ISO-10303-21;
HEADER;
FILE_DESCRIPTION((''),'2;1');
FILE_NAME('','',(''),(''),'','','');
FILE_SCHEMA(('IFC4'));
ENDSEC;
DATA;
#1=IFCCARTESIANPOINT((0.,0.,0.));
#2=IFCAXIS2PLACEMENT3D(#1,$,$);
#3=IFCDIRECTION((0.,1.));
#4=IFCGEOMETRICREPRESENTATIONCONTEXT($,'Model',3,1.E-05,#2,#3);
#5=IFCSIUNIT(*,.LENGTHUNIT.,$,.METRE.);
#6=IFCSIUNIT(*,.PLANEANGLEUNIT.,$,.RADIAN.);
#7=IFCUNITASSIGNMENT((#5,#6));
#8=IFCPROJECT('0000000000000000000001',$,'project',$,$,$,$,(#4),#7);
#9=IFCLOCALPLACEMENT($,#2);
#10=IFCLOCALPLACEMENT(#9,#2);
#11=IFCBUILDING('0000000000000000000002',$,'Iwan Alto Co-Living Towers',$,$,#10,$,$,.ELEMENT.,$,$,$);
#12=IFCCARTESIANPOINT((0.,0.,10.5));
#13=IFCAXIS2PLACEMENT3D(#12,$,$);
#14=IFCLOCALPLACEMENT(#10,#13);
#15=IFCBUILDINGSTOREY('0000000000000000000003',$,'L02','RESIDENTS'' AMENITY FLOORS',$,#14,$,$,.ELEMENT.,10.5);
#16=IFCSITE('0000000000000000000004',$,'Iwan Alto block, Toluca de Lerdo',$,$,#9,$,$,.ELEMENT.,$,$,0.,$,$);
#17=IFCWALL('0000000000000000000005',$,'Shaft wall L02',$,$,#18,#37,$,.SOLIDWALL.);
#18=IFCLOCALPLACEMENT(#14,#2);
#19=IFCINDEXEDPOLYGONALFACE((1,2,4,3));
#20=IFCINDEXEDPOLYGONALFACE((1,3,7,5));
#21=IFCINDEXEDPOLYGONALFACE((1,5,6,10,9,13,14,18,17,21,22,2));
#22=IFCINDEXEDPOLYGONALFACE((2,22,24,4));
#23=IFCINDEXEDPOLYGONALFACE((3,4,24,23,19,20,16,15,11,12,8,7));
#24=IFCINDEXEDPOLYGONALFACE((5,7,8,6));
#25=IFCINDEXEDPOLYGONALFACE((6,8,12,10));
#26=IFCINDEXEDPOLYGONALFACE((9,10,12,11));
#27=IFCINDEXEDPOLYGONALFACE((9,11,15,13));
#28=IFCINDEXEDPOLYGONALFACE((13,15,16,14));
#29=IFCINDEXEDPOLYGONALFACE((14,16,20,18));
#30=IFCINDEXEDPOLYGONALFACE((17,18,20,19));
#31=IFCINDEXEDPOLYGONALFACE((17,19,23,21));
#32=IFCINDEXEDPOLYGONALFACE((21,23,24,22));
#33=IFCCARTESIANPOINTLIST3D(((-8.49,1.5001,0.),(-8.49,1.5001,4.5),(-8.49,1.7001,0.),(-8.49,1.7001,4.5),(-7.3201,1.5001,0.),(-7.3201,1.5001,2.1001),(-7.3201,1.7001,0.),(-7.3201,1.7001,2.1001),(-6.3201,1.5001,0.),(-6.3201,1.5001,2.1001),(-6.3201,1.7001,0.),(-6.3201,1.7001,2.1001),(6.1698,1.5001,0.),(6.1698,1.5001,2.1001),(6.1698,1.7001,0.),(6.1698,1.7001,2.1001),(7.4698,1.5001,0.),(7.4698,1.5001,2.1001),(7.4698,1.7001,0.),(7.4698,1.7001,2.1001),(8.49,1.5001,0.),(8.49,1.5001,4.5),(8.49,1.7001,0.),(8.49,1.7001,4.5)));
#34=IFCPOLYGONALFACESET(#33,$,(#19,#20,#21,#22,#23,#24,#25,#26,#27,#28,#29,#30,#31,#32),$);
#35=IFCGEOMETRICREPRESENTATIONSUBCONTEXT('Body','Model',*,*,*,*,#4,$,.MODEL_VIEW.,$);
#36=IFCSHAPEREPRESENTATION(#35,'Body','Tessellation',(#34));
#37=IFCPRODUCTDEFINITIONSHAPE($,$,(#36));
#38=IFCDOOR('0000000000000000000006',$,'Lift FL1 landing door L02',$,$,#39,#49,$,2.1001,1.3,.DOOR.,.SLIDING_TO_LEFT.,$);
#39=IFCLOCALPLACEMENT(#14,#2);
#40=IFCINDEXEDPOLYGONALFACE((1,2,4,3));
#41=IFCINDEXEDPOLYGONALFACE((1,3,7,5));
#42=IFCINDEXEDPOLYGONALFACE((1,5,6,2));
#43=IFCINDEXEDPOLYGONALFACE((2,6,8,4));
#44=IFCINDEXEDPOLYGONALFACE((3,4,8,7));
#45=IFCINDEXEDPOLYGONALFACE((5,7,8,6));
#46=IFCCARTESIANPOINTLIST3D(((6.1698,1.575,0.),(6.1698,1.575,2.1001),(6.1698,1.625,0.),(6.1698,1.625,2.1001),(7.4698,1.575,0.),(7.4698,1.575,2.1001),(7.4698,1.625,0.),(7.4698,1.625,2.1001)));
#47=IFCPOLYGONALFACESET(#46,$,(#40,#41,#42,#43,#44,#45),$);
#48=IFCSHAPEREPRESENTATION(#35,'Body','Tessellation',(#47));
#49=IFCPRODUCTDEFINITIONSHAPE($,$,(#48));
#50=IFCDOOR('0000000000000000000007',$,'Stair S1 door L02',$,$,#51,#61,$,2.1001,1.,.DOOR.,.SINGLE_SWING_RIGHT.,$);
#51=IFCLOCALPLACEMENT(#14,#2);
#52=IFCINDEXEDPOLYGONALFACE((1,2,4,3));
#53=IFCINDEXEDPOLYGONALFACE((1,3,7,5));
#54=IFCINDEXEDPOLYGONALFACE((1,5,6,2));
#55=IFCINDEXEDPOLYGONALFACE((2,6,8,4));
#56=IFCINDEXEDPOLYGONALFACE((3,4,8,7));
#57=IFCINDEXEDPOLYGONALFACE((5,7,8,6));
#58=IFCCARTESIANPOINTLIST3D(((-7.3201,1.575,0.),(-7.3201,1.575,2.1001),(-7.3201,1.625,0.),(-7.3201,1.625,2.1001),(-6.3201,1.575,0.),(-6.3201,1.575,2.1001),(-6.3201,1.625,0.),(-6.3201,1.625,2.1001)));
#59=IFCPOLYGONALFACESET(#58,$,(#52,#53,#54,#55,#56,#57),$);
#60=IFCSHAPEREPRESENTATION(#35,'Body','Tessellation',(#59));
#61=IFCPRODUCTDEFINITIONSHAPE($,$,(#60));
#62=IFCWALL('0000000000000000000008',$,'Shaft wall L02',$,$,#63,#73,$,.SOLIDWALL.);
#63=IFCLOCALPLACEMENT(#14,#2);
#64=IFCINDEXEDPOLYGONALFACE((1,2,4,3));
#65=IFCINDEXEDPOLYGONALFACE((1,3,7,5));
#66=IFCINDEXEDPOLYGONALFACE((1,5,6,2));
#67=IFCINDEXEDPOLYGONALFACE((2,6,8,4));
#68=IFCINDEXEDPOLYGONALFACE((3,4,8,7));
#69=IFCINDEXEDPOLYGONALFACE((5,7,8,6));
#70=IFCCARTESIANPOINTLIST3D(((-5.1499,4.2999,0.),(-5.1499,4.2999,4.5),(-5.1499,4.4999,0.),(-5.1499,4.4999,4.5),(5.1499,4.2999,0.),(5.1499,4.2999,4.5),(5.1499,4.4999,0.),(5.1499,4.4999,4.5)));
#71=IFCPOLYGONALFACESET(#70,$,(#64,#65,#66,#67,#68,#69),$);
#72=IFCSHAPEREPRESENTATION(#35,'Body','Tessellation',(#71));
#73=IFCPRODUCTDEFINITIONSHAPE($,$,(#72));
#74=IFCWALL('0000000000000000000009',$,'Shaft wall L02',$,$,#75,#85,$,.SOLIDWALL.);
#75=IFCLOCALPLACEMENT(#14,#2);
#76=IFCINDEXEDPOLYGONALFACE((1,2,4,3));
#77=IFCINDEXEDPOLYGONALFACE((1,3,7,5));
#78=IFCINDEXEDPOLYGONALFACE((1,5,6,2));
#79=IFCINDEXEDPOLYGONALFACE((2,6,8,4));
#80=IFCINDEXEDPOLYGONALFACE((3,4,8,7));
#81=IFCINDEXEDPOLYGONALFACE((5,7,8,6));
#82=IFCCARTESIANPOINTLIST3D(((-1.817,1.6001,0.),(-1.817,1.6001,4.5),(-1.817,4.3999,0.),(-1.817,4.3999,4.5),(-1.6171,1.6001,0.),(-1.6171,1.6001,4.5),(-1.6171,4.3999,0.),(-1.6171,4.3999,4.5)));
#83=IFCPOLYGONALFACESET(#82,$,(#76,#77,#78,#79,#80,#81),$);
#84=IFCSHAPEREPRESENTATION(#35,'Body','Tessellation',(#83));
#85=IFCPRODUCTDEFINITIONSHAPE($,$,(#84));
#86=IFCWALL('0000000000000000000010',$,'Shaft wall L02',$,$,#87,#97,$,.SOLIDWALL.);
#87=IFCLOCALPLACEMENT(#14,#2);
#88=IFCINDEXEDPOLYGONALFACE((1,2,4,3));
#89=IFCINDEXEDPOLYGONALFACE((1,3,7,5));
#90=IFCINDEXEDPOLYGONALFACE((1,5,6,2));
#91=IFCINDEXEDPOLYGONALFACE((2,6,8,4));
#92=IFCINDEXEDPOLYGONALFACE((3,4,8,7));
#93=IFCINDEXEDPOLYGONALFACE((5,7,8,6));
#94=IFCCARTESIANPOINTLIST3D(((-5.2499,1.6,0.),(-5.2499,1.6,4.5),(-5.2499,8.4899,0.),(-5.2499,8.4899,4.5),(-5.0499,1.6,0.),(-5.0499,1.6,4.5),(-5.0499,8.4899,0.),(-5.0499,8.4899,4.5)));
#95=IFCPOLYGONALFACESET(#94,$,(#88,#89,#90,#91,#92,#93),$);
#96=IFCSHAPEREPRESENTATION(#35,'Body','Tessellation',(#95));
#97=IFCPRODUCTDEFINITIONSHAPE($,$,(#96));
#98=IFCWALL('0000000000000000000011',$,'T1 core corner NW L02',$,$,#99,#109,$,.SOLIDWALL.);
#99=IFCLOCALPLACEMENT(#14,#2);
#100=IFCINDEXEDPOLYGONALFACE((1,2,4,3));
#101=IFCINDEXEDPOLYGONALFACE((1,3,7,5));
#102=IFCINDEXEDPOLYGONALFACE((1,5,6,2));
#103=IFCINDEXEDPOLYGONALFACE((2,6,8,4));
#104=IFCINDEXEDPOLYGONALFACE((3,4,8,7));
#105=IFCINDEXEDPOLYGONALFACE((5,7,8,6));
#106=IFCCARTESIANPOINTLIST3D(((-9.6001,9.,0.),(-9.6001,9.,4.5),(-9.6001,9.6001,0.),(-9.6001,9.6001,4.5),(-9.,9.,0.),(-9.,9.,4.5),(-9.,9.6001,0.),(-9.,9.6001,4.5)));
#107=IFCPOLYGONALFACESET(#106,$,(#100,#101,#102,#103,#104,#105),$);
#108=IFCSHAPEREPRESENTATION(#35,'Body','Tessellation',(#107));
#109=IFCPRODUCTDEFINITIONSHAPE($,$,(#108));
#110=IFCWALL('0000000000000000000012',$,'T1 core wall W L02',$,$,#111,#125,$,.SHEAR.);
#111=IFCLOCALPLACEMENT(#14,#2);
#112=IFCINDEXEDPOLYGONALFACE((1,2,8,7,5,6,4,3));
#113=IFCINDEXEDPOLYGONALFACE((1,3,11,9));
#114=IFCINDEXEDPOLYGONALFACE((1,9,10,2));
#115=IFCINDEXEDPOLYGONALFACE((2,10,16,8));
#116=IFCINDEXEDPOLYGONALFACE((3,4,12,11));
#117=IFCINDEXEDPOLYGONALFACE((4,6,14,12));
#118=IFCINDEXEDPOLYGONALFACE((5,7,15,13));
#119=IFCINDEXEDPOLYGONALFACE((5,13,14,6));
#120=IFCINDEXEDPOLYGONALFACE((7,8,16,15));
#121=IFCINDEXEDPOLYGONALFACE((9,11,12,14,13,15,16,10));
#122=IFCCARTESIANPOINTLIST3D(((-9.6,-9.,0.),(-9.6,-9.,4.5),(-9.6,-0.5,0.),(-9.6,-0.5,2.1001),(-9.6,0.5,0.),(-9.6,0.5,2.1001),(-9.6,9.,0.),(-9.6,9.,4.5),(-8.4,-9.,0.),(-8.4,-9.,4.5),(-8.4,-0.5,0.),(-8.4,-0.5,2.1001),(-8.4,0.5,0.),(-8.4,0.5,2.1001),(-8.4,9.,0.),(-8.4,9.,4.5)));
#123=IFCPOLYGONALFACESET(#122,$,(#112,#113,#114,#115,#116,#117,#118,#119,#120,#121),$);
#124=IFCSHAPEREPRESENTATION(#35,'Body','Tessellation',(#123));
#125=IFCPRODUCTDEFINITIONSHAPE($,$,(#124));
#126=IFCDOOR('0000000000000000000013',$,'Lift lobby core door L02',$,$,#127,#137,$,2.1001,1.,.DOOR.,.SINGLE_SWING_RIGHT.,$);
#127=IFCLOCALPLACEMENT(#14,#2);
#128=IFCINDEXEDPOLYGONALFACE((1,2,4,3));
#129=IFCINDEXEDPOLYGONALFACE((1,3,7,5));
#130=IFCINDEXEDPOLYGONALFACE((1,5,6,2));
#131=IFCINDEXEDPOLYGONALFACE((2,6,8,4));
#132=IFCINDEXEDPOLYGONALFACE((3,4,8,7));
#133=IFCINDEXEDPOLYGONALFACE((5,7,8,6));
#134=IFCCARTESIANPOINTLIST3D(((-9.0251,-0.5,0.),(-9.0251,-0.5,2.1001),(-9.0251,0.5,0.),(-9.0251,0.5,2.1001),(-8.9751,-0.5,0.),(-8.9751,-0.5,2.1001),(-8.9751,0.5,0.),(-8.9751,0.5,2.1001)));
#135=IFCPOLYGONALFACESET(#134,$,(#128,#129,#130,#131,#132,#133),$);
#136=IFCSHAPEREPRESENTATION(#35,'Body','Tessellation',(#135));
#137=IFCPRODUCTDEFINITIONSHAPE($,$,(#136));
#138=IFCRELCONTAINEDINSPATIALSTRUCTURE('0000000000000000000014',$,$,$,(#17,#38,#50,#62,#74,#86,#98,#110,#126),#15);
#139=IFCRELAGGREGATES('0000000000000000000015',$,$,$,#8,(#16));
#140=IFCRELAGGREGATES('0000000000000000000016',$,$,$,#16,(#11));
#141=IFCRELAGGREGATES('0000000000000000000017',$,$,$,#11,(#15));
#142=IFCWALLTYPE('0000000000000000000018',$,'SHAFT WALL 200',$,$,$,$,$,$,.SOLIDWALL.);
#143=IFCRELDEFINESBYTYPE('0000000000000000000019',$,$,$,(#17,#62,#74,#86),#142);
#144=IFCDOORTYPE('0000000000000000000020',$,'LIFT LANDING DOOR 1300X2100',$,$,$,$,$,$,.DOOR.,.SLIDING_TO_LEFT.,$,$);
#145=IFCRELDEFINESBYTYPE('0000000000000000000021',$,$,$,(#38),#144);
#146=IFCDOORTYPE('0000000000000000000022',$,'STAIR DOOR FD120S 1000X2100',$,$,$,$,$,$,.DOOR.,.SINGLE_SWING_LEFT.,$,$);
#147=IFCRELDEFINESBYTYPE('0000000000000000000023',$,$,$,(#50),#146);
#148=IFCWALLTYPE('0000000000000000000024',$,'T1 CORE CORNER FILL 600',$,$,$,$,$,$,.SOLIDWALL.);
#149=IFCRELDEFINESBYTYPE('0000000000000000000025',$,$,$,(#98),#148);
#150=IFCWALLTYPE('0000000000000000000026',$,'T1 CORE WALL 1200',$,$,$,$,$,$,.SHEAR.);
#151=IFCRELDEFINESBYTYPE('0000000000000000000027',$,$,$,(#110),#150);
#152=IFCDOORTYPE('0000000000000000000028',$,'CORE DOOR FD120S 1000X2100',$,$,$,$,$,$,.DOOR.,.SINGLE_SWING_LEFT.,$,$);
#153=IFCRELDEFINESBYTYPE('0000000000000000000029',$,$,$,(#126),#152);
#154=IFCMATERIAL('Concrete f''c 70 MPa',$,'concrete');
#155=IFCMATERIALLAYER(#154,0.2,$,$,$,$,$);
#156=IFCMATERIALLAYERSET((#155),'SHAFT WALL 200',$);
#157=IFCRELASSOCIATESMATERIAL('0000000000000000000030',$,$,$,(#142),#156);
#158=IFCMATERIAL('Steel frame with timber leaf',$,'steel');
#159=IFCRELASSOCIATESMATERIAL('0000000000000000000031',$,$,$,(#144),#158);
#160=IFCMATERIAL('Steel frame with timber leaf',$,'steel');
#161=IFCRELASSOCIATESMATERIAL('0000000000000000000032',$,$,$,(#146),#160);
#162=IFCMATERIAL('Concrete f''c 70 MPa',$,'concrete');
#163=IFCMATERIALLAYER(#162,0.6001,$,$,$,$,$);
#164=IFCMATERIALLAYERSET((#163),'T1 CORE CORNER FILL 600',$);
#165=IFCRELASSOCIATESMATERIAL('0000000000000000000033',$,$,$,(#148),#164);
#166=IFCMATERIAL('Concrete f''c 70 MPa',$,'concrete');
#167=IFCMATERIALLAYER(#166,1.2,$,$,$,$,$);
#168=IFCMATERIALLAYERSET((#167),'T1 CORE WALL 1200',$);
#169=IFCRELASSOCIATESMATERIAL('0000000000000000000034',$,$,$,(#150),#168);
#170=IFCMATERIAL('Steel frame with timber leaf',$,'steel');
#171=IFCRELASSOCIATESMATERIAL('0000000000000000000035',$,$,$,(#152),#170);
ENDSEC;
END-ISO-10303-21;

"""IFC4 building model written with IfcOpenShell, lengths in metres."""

from ifc_helpers import new_model, si_unit, direction, frame, frame_2d, origin, place, context, subcontext, project, spatial, rectangle, extrude, material, layer, layer_set, type_object, element, fill, save


model = new_model("IFC4")

# Units and contexts
model_context = context("Model", 3, precision=1e-05, world=origin(), true_north=direction((0.0, 1.0)))
body_context = subcontext(model_context, "Body", "Model", "MODEL_VIEW")
ifc_project = project(units=[si_unit("LENGTHUNIT", "METRE"), si_unit("PLANEANGLEUNIT", "RADIAN")], contexts=[model_context])

# Site, building, storey
site_placement = place(None, origin())
site = spatial("IfcSite", under=ifc_project, at=site_placement, Name="Iwan Alto block, Toluca de Lerdo", CompositionType="ELEMENT", RefElevation=0.0)
building_placement = place(site_placement, origin())
building = spatial("IfcBuilding", under=site, at=building_placement, Name="Iwan Alto Co-Living Towers", CompositionType="ELEMENT")
storey_placement = place(building_placement, frame((0.0, 0.0, 10.5)))
storey = spatial("IfcBuildingStorey", under=building, at=storey_placement, Name="L02", Description="RESIDENTS' AMENITY FLOORS", CompositionType="ELEMENT", Elevation=10.5)

# Wall, openings, doors
ifc_material_1 = material(Name="Concrete f'c 70 MPa", Category="concrete")
ifc_layer_1 = layer(ifc_material_1, 0.2)
ifc_layer_set_1 = layer_set([ifc_layer_1], Name="SHAFT WALL 200")
wall_type_1 = type_object("IfcWallType", Name="SHAFT WALL 200", PredefinedType="SOLIDWALL", material=ifc_layer_set_1)
wall_1_placement = place(storey_placement, frame((-8.49, 1.6001, 0.0), z_axis=(0.0, 0.0, 1.0), x_axis=(1.0, 0.0, 0.0)))
wall_1 = element("IfcWall", 1, at=wall_1_placement, inside=storey, type_object=wall_type_1, Name="Shaft wall L02", PredefinedType="SOLIDWALL", context=body_context, shape_type="SweptSolid", body=[
    extrude(rectangle(XDim=16.98, YDim=0.2, at=frame_2d((8.49, 0.0))), origin(), (0.0, 0.0, 1.0), 4.5),
])
opening_1_placement = place(wall_1_placement, frame((1.1699, 0.0, 0.0)))
opening_1 = element("IfcOpeningElement", 2, at=opening_1_placement, cuts=wall_1, PredefinedType="OPENING", context=body_context, shape_type="SweptSolid", body=[
    extrude(rectangle(XDim=1.0, YDim=2.1001, at=frame_2d((0.5, 1.05))), frame((0.0, 0.1099, 0.0), z_axis=(0.0, -1.0, 0.0), x_axis=(1.0, 0.0, 0.0)), (0.0, 0.0, 1.0), 0.22),
])
opening_2_placement = place(wall_1_placement, frame((14.6599, 0.0, 0.0)))
opening_2 = element("IfcOpeningElement", 3, at=opening_2_placement, cuts=wall_1, PredefinedType="OPENING", context=body_context, shape_type="SweptSolid", body=[
    extrude(rectangle(XDim=1.3, YDim=2.1001, at=frame_2d((0.6499, 1.05))), frame((0.0, 0.1099, 0.0), z_axis=(0.0, -1.0, 0.0), x_axis=(1.0, 0.0, 0.0)), (0.0, 0.0, 1.0), 0.22),
])
ifc_material_2 = material(Name="Steel frame with timber leaf", Category="steel")
door_type_1 = type_object("IfcDoorType", Name="LIFT LANDING DOOR 1300X2100", OperationType="SLIDING_TO_LEFT", PredefinedType="DOOR", material=ifc_material_2)
door_1_placement = place(opening_2_placement, origin())
door_1 = element("IfcDoor", 4, at=door_1_placement, inside=storey, type_object=door_type_1, Name="Lift FL1 landing door L02", OperationType="SLIDING_TO_LEFT", OverallHeight=2.1001, OverallWidth=1.3, PredefinedType="DOOR", context=body_context, shape_type="SweptSolid", body=[
    extrude(rectangle(XDim=1.3, YDim=2.1001, at=frame_2d((0.6499, 1.05))), frame((0.0, 0.0249, 0.0), z_axis=(0.0, -1.0, 0.0), x_axis=(1.0, 0.0, 0.0)), (0.0, 0.0, 1.0), 0.05),
])
fill(opening_2, door_1)
ifc_material_3 = material(Name="Steel frame with timber leaf", Category="steel")
door_type_2 = type_object("IfcDoorType", Name="STAIR DOOR FD120S 1000X2100", OperationType="SINGLE_SWING_LEFT", PredefinedType="DOOR", material=ifc_material_3)
door_2_placement = place(opening_1_placement, origin())
door_2 = element("IfcDoor", 5, at=door_2_placement, inside=storey, type_object=door_type_2, Name="Stair S1 door L02", OperationType="SINGLE_SWING_RIGHT", OverallHeight=2.1001, OverallWidth=1.0, PredefinedType="DOOR", context=body_context, shape_type="SweptSolid", body=[
    extrude(rectangle(XDim=1.0, YDim=2.1001, at=frame_2d((0.5, 1.05))), frame((0.0, 0.0249, 0.0), z_axis=(0.0, -1.0, 0.0), x_axis=(1.0, 0.0, 0.0)), (0.0, 0.0, 1.0), 0.05),
])
fill(opening_1, door_2)

# Walls
wall_2_placement = place(storey_placement, frame((-5.1499, 4.3999, 0.0), z_axis=(0.0, 0.0, 1.0), x_axis=(1.0, 0.0, 0.0)))
element("IfcWall", 6, at=wall_2_placement, inside=storey, type_object=wall_type_1, Name="Shaft wall L02", PredefinedType="SOLIDWALL", context=body_context, shape_type="SweptSolid", body=[
    extrude(rectangle(XDim=10.2998, YDim=0.2, at=frame_2d((5.1499, 0.0))), origin(), (0.0, 0.0, 1.0), 4.5),
])
wall_3_placement = place(storey_placement, frame((-1.717, 1.6001, 0.0), z_axis=(0.0, 0.0, 1.0), x_axis=(0.0, 1.0, 0.0)))
element("IfcWall", 7, at=wall_3_placement, inside=storey, type_object=wall_type_1, Name="Shaft wall L02", PredefinedType="SOLIDWALL", context=body_context, shape_type="SweptSolid", body=[
    extrude(rectangle(XDim=2.7998, YDim=0.2, at=frame_2d((1.3999, 0.0))), origin(), (0.0, 0.0, 1.0), 4.5),
])
wall_4_placement = place(storey_placement, frame((-5.1499, 1.6001, 0.0), z_axis=(0.0, 0.0, 1.0), x_axis=(0.0, 1.0, 0.0)))
element("IfcWall", 8, at=wall_4_placement, inside=storey, type_object=wall_type_1, Name="Shaft wall L02", PredefinedType="SOLIDWALL", context=body_context, shape_type="SweptSolid", body=[
    extrude(rectangle(XDim=6.8899, YDim=0.2, at=frame_2d((3.4448, 0.0))), origin(), (0.0, 0.0, 1.0), 4.5),
])
ifc_material_4 = material(Name="Concrete f'c 70 MPa", Category="concrete")
ifc_layer_2 = layer(ifc_material_4, 0.6001)
ifc_layer_set_2 = layer_set([ifc_layer_2], Name="T1 CORE CORNER FILL 600")
wall_type_2 = type_object("IfcWallType", Name="T1 CORE CORNER FILL 600", PredefinedType="SOLIDWALL", material=ifc_layer_set_2)
wall_5_placement = place(storey_placement, frame((-9.6001, 9.3, 0.0), z_axis=(0.0, 0.0, 1.0), x_axis=(1.0, 0.0, 0.0)))
element("IfcWall", 9, at=wall_5_placement, inside=storey, type_object=wall_type_2, Name="T1 core corner NW L02", PredefinedType="SOLIDWALL", context=body_context, shape_type="SweptSolid", body=[
    extrude(rectangle(XDim=0.6001, YDim=0.6001, at=frame_2d((0.3, 0.0))), origin(), (0.0, 0.0, 1.0), 4.5),
])

# Wall, opening, door
ifc_material_5 = material(Name="Concrete f'c 70 MPa", Category="concrete")
ifc_layer_3 = layer(ifc_material_5, 1.2)
ifc_layer_set_3 = layer_set([ifc_layer_3], Name="T1 CORE WALL 1200")
wall_type_3 = type_object("IfcWallType", Name="T1 CORE WALL 1200", PredefinedType="SHEAR", material=ifc_layer_set_3)
wall_6_placement = place(storey_placement, frame((-9.0, 9.0, 0.0), z_axis=(0.0, 0.0, 1.0), x_axis=(0.0, -1.0, 0.0)))
wall_6 = element("IfcWall", 10, at=wall_6_placement, inside=storey, type_object=wall_type_3, Name="T1 core wall W L02", PredefinedType="SHEAR", context=body_context, shape_type="SweptSolid", body=[
    extrude(rectangle(XDim=18.0, YDim=1.2, at=frame_2d((9.0, 0.0))), origin(), (0.0, 0.0, 1.0), 4.5),
])
opening_3_placement = place(wall_6_placement, frame((8.5, 0.0, 0.0)))
opening_3 = element("IfcOpeningElement", 11, at=opening_3_placement, cuts=wall_6, PredefinedType="OPENING", context=body_context, shape_type="SweptSolid", body=[
    extrude(rectangle(XDim=1.0, YDim=2.1001, at=frame_2d((0.5, 1.05))), frame((0.0, 0.6099, 0.0), z_axis=(0.0, -1.0, 0.0), x_axis=(1.0, 0.0, 0.0)), (0.0, 0.0, 1.0), 1.22),
])
ifc_material_6 = material(Name="Steel frame with timber leaf", Category="steel")
door_type_3 = type_object("IfcDoorType", Name="CORE DOOR FD120S 1000X2100", OperationType="SINGLE_SWING_LEFT", PredefinedType="DOOR", material=ifc_material_6)
door_3_placement = place(opening_3_placement, origin())
door_3 = element("IfcDoor", 12, at=door_3_placement, inside=storey, type_object=door_type_3, Name="Lift lobby core door L02", OperationType="SINGLE_SWING_RIGHT", OverallHeight=2.1001, OverallWidth=1.0, PredefinedType="DOOR", context=body_context, shape_type="SweptSolid", body=[
    extrude(rectangle(XDim=1.0, YDim=2.1001, at=frame_2d((0.5, 1.05))), frame((0.0, 0.0249, 0.0), z_axis=(0.0, -1.0, 0.0), x_axis=(1.0, 0.0, 0.0)), (0.0, 0.0, 1.0), 0.05),
])
fill(opening_3, door_3)

save(model, "model.ifc")
